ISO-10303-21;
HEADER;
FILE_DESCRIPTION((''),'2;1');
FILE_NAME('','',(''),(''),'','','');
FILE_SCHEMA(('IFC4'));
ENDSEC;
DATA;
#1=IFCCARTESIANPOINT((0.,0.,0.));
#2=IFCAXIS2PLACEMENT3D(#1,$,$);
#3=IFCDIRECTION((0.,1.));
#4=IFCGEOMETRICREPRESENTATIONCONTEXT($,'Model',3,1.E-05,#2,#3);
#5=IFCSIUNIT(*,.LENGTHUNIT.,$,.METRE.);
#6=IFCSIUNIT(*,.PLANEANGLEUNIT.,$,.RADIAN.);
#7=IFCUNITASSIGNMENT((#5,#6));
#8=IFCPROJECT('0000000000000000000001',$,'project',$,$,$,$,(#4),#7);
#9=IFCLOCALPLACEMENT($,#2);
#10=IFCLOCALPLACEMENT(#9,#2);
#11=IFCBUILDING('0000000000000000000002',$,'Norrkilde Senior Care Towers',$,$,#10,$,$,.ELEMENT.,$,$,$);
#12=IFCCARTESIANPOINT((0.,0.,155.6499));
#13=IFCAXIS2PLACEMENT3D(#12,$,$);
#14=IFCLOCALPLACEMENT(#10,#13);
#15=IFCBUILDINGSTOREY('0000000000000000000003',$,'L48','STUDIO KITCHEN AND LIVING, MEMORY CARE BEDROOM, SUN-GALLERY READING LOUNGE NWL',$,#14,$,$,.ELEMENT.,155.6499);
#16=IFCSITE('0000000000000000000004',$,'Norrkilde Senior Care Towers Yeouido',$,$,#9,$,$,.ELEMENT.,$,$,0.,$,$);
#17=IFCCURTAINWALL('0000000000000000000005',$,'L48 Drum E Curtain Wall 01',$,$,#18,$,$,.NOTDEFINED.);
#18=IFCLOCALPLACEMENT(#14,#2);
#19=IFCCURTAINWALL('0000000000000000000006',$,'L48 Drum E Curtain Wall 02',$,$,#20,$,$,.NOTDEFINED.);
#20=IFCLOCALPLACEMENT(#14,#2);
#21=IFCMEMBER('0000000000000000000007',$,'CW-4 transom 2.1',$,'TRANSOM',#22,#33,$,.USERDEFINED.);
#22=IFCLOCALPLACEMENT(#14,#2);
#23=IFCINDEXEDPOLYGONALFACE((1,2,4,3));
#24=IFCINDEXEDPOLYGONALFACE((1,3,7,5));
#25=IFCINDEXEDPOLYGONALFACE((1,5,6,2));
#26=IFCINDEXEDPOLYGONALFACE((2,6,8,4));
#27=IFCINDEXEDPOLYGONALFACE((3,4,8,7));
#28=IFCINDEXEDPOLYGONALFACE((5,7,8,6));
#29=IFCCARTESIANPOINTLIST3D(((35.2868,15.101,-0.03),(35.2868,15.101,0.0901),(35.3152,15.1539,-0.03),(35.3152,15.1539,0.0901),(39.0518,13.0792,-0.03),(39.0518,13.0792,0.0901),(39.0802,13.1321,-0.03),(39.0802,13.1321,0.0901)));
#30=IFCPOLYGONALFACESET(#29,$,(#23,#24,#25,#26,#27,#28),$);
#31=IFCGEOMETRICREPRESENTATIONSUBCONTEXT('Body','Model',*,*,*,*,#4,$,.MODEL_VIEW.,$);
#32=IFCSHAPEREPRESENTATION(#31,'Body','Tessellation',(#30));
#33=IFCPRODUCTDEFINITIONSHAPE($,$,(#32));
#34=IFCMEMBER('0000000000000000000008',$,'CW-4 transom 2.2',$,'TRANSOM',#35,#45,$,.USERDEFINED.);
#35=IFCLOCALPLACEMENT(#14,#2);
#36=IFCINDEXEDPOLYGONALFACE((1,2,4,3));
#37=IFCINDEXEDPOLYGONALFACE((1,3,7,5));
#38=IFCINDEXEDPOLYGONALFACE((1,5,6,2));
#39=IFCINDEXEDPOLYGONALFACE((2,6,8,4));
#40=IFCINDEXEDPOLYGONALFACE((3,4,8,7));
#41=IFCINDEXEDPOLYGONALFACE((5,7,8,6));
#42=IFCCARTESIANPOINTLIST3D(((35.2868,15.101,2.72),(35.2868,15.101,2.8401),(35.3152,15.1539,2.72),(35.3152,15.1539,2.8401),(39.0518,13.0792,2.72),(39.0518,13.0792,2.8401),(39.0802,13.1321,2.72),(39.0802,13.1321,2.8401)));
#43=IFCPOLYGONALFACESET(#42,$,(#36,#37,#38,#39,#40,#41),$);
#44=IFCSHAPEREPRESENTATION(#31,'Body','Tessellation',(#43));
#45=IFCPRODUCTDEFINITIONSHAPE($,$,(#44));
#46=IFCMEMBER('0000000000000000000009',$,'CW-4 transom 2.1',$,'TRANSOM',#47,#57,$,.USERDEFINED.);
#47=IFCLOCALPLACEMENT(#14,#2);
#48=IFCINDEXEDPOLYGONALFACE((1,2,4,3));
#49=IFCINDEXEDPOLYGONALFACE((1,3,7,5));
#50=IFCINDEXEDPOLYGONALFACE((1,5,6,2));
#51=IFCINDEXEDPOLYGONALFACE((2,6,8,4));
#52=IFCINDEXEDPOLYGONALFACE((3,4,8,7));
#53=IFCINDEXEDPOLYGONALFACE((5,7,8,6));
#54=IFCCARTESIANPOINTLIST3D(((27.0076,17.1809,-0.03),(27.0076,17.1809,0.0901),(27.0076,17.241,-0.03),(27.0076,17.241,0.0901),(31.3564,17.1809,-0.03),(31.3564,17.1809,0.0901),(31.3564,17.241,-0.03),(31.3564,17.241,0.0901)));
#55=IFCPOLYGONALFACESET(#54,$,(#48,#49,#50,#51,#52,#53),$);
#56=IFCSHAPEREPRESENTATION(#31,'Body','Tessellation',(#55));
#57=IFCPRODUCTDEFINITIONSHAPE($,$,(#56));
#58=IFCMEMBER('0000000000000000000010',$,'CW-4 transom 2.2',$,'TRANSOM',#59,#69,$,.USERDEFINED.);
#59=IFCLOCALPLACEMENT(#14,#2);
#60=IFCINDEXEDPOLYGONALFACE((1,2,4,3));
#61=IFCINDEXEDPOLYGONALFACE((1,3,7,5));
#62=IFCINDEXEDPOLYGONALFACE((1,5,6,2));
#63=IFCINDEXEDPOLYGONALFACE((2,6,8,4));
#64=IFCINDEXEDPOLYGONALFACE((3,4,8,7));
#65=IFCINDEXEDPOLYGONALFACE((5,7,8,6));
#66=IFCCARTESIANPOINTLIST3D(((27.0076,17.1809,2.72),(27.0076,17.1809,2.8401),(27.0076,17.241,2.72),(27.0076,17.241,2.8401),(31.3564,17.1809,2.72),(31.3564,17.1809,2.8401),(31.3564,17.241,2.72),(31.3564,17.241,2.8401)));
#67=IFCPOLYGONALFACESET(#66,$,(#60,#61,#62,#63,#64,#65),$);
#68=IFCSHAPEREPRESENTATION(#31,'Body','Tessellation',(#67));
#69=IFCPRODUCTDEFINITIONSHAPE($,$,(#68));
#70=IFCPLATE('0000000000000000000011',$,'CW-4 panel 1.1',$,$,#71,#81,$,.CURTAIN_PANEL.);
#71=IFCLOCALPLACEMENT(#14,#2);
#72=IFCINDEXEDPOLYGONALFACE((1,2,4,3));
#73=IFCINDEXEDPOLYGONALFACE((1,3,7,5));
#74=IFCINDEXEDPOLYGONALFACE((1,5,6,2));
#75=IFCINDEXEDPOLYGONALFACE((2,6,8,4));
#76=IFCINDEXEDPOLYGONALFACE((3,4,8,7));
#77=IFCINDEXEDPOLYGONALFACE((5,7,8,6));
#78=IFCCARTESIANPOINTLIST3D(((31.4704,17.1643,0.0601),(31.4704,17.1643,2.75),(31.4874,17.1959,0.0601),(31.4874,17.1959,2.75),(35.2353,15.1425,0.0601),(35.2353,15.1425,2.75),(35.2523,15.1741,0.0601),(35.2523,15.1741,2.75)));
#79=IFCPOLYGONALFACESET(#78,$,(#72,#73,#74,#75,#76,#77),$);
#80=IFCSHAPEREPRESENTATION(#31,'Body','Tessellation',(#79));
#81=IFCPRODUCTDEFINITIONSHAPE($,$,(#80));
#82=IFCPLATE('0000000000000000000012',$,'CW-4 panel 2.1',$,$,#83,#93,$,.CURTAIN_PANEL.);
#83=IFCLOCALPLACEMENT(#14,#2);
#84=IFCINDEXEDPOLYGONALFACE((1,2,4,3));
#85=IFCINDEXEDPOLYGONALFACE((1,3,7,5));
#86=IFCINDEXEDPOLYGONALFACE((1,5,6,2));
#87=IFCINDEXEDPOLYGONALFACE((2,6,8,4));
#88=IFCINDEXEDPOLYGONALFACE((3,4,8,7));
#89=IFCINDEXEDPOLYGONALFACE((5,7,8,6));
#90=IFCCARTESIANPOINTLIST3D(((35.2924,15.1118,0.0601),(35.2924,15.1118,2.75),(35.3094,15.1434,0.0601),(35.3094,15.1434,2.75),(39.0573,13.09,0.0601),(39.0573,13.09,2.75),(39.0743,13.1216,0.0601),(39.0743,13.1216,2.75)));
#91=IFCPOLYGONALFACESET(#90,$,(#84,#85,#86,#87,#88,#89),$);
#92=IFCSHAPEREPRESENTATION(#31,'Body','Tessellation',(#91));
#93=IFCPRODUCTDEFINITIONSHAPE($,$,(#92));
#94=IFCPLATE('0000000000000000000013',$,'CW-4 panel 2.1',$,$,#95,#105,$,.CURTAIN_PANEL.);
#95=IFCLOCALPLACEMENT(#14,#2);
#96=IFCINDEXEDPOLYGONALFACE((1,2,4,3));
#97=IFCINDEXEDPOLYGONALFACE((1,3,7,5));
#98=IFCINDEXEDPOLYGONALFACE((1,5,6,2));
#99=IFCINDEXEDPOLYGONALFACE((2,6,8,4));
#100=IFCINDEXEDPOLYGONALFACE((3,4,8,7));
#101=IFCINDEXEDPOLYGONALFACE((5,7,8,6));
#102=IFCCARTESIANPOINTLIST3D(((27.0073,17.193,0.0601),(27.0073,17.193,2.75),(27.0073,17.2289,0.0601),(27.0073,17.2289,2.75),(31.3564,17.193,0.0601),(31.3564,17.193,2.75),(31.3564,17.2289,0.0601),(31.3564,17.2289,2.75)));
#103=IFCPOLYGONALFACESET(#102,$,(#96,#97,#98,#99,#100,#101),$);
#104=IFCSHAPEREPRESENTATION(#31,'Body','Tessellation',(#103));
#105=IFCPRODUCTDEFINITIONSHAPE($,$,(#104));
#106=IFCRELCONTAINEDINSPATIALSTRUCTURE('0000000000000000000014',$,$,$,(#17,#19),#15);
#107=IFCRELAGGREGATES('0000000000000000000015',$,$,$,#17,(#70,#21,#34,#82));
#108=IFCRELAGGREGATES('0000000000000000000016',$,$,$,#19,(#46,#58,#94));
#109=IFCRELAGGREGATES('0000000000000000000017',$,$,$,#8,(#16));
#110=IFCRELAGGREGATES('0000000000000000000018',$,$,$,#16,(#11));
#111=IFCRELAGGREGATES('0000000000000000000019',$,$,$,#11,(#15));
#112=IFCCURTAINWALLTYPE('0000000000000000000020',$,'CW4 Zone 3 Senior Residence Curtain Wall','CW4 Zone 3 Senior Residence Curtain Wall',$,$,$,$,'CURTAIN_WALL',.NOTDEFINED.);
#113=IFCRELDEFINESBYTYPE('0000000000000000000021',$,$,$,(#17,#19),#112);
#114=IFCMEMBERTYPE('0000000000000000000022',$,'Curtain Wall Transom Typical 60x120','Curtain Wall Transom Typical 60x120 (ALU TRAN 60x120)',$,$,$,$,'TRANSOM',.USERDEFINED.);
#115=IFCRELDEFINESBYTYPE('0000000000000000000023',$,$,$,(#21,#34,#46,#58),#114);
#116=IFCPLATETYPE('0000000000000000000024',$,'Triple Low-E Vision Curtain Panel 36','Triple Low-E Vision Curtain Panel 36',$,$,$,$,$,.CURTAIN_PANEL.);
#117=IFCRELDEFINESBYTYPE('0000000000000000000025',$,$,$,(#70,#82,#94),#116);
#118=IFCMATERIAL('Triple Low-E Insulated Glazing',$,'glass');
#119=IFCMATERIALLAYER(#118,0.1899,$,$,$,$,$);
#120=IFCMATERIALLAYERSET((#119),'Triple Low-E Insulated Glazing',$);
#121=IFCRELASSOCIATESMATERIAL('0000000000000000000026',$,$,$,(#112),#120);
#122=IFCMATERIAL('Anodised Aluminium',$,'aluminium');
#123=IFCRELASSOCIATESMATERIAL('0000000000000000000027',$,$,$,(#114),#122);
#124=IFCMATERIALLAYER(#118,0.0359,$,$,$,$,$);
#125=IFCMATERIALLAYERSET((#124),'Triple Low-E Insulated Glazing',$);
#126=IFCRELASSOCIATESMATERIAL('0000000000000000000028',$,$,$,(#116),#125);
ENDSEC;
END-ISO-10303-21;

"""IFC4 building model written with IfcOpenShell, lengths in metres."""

from ifc_helpers import new_model, si_unit, direction, frame, origin, origin_2d, place, context, subcontext, project, spatial, rectangle, extrude, source, transform, mapped, material, layer, layer_set, material_profile, profile_set, type_object, type_shapes, element, aggregate, save


model = new_model("IFC4")

# Units and contexts
model_context = context("Model", 3, precision=1e-05, world=origin(), true_north=direction((0.0, 1.0)))
body_context = subcontext(model_context, "Body", "Model", "MODEL_VIEW")
ifc_project = project(units=[si_unit("LENGTHUNIT", "METRE"), si_unit("PLANEANGLEUNIT", "RADIAN")], contexts=[model_context])

# Site, building, storey
site_placement = place(None, origin())
site = spatial("IfcSite", under=ifc_project, at=site_placement, Name="Norrkilde Senior Care Towers Yeouido", CompositionType="ELEMENT", RefElevation=0.0)
building_placement = place(site_placement, origin())
building = spatial("IfcBuilding", under=site, at=building_placement, Name="Norrkilde Senior Care Towers", CompositionType="ELEMENT")
storey_placement = place(building_placement, frame((0.0, 0.0, 155.6499)))
storey = spatial("IfcBuildingStorey", under=building, at=storey_placement, Name="L48", Description="STUDIO KITCHEN AND LIVING, MEMORY CARE BEDROOM, SUN-GALLERY READING LOUNGE NWL", CompositionType="ELEMENT", Elevation=155.6499)

# Curtain walls
ifc_material_1 = material(Name="Triple Low-E Insulated Glazing", Category="glass")
ifc_layer_1 = layer(ifc_material_1, 0.1899)
ifc_layer_set_1 = layer_set([ifc_layer_1], Name="Triple Low-E Insulated Glazing")
curtain_wall_type = type_object("IfcCurtainWallType", Name="CW4 Zone 3 Senior Residence Curtain Wall", Description="CW4 Zone 3 Senior Residence Curtain Wall", ElementType="CURTAIN_WALL", PredefinedType="NOTDEFINED", material=ifc_layer_set_1)
curtain_wall_1_placement = place(storey_placement, origin())
curtain_wall_1 = element("IfcCurtainWall", 1, at=curtain_wall_1_placement, inside=storey, type_object=curtain_wall_type, Name="L48 Drum E Curtain Wall 01", PredefinedType="NOTDEFINED")
ifc_material_2 = material(Name="Anodised Aluminium", Category="aluminium")
curtain_wall_2_placement = place(storey_placement, origin())
curtain_wall_2 = element("IfcCurtainWall", 2, at=curtain_wall_2_placement, inside=storey, type_object=curtain_wall_type, Name="L48 Drum E Curtain Wall 02", PredefinedType="NOTDEFINED")

# Members
ifc_material_profile_1 = material_profile(ifc_material_2, rectangle(XDim=0.0601, YDim=0.1201, at=origin_2d()), Name="ALU TRAN 60x120")
ifc_profile_set_1 = profile_set([ifc_material_profile_1], Name="Anodised Aluminium")
member_type_1 = type_object("IfcMemberType", Name="Curtain Wall Transom Typical 60x120", Description="Curtain Wall Transom Typical 60x120 (ALU TRAN 60x120)", ElementType="TRANSOM", PredefinedType="USERDEFINED", material=ifc_profile_set_1)
shared_shape_1 = source(origin(), body_context, "Body", "SweptSolid", [
    extrude(rectangle(XDim=0.0601, YDim=0.1201, at=origin_2d()), origin(), (0.0, 0.0, 1.0), 4.2734),
])
member_1_placement = place(storey_placement, frame((35.301, 15.1274, 0.03), z_axis=(0.88101, -0.473098, 0.0), x_axis=(0.473098, 0.88101, 0.0)))
member_1 = element("IfcMember", 3, at=member_1_placement, type_object=member_type_1, Name="CW-4 transom 2.1", ObjectType="TRANSOM", PredefinedType="USERDEFINED", context=body_context, shape_type="MappedRepresentation", body=[
    mapped(shared_shape_1, transform((0.0, 0.0, 0.0), x_axis=(1.0, 0.0, 0.0), y_axis=(0.0, 1.0, 0.0), z_axis=(0.0, 0.0, 1.0), scale=1.0)),
])
member_2_placement = place(storey_placement, frame((35.301, 15.1274, 2.78), z_axis=(0.88101, -0.473098, 0.0), x_axis=(0.473098, 0.88101, 0.0)))
member_2 = element("IfcMember", 4, at=member_2_placement, type_object=member_type_1, Name="CW-4 transom 2.2", ObjectType="TRANSOM", PredefinedType="USERDEFINED", context=body_context, shape_type="MappedRepresentation", body=[
    mapped(shared_shape_1, transform((0.0, 0.0, 0.0), x_axis=(1.0, 0.0, 0.0), y_axis=(0.0, 1.0, 0.0), z_axis=(0.0, 0.0, 1.0), scale=1.0)),
])
shared_shape_2 = source(origin(), body_context, "Body", "SweptSolid", [
    extrude(rectangle(XDim=0.0601, YDim=0.1201, at=origin_2d()), origin(), (0.0, 0.0, 1.0), 4.3489),
])
type_shapes(member_type_1, [shared_shape_1, shared_shape_2])
member_3_placement = place(storey_placement, frame((27.0076, 17.2109, 0.03), z_axis=(1.0, 0.0, 0.0), x_axis=(0.0, 1.0, 0.0)))
member_3 = element("IfcMember", 5, at=member_3_placement, type_object=member_type_1, Name="CW-4 transom 2.1", ObjectType="TRANSOM", PredefinedType="USERDEFINED", context=body_context, shape_type="MappedRepresentation", body=[
    mapped(shared_shape_2, transform((0.0, 0.0, 0.0), x_axis=(1.0, 0.0, 0.0), y_axis=(0.0, 1.0, 0.0), z_axis=(0.0, 0.0, 1.0), scale=1.0)),
])
member_4_placement = place(storey_placement, frame((27.0076, 17.2109, 2.78), z_axis=(1.0, 0.0, 0.0), x_axis=(0.0, 1.0, 0.0)))
member_4 = element("IfcMember", 6, at=member_4_placement, type_object=member_type_1, Name="CW-4 transom 2.2", ObjectType="TRANSOM", PredefinedType="USERDEFINED", context=body_context, shape_type="MappedRepresentation", body=[
    mapped(shared_shape_2, transform((0.0, 0.0, 0.0), x_axis=(1.0, 0.0, 0.0), y_axis=(0.0, 1.0, 0.0), z_axis=(0.0, 0.0, 1.0), scale=1.0)),
])

# Plates
ifc_layer_2 = layer(ifc_material_1, 0.0359)
ifc_layer_set_2 = layer_set([ifc_layer_2], Name="Triple Low-E Insulated Glazing")
plate_type = type_object("IfcPlateType", Name="Triple Low-E Vision Curtain Panel 36", Description="Triple Low-E Vision Curtain Panel 36", PredefinedType="CURTAIN_PANEL", material=ifc_layer_set_2)
shared_shape_3 = source(origin(), body_context, "Body", "SweptSolid", [
    extrude(rectangle(XDim=4.2734, YDim=0.0359, at=origin_2d()), origin(), (0.0, 0.0, 1.0), 2.6899),
])
plate_1_placement = place(storey_placement, frame((33.3613, 16.1692, 0.0601), z_axis=(0.0, 0.0, 1.0), x_axis=(0.881, -0.473117, 0.0)))
plate_1 = element("IfcPlate", 7, at=plate_1_placement, type_object=plate_type, Name="CW-4 panel 1.1", PredefinedType="CURTAIN_PANEL", context=body_context, shape_type="MappedRepresentation", body=[
    mapped(shared_shape_3, transform((0.0, 0.0, 0.0), x_axis=(1.0, 0.0, 0.0), y_axis=(0.0, 1.0, 0.0), z_axis=(0.0, 0.0, 1.0), scale=1.0)),
])
plate_2_placement = place(storey_placement, frame((37.1833, 14.1167, 0.0601), z_axis=(0.0, 0.0, 1.0), x_axis=(0.881, -0.473117, 0.0)))
plate_2 = element("IfcPlate", 8, at=plate_2_placement, type_object=plate_type, Name="CW-4 panel 2.1", PredefinedType="CURTAIN_PANEL", context=body_context, shape_type="MappedRepresentation", body=[
    mapped(shared_shape_3, transform((0.0, 0.0, 0.0), x_axis=(1.0, 0.0, 0.0), y_axis=(0.0, 1.0, 0.0), z_axis=(0.0, 0.0, 1.0), scale=1.0)),
])
aggregate(curtain_wall_1, [plate_1, member_1, member_2, plate_2])
shared_shape_4 = source(origin(), body_context, "Body", "SweptSolid", [
    extrude(rectangle(XDim=4.3491, YDim=0.0359, at=origin_2d()), origin(), (0.0, 0.0, 1.0), 2.6899),
])
type_shapes(plate_type, [shared_shape_3, shared_shape_4])
plate_3_placement = place(storey_placement, frame((29.1819, 17.2109, 0.0601), z_axis=(0.0, 0.0, 1.0), x_axis=(1.0, 0.0, 0.0)))
plate_3 = element("IfcPlate", 9, at=plate_3_placement, type_object=plate_type, Name="CW-4 panel 2.1", PredefinedType="CURTAIN_PANEL", context=body_context, shape_type="MappedRepresentation", body=[
    mapped(shared_shape_4, transform((0.0, 0.0, 0.0), x_axis=(1.0, 0.0, 0.0), y_axis=(0.0, 1.0, 0.0), z_axis=(0.0, 0.0, 1.0), scale=1.0)),
])
aggregate(curtain_wall_2, [member_3, member_4, plate_3])

save(model, "model.ifc")
